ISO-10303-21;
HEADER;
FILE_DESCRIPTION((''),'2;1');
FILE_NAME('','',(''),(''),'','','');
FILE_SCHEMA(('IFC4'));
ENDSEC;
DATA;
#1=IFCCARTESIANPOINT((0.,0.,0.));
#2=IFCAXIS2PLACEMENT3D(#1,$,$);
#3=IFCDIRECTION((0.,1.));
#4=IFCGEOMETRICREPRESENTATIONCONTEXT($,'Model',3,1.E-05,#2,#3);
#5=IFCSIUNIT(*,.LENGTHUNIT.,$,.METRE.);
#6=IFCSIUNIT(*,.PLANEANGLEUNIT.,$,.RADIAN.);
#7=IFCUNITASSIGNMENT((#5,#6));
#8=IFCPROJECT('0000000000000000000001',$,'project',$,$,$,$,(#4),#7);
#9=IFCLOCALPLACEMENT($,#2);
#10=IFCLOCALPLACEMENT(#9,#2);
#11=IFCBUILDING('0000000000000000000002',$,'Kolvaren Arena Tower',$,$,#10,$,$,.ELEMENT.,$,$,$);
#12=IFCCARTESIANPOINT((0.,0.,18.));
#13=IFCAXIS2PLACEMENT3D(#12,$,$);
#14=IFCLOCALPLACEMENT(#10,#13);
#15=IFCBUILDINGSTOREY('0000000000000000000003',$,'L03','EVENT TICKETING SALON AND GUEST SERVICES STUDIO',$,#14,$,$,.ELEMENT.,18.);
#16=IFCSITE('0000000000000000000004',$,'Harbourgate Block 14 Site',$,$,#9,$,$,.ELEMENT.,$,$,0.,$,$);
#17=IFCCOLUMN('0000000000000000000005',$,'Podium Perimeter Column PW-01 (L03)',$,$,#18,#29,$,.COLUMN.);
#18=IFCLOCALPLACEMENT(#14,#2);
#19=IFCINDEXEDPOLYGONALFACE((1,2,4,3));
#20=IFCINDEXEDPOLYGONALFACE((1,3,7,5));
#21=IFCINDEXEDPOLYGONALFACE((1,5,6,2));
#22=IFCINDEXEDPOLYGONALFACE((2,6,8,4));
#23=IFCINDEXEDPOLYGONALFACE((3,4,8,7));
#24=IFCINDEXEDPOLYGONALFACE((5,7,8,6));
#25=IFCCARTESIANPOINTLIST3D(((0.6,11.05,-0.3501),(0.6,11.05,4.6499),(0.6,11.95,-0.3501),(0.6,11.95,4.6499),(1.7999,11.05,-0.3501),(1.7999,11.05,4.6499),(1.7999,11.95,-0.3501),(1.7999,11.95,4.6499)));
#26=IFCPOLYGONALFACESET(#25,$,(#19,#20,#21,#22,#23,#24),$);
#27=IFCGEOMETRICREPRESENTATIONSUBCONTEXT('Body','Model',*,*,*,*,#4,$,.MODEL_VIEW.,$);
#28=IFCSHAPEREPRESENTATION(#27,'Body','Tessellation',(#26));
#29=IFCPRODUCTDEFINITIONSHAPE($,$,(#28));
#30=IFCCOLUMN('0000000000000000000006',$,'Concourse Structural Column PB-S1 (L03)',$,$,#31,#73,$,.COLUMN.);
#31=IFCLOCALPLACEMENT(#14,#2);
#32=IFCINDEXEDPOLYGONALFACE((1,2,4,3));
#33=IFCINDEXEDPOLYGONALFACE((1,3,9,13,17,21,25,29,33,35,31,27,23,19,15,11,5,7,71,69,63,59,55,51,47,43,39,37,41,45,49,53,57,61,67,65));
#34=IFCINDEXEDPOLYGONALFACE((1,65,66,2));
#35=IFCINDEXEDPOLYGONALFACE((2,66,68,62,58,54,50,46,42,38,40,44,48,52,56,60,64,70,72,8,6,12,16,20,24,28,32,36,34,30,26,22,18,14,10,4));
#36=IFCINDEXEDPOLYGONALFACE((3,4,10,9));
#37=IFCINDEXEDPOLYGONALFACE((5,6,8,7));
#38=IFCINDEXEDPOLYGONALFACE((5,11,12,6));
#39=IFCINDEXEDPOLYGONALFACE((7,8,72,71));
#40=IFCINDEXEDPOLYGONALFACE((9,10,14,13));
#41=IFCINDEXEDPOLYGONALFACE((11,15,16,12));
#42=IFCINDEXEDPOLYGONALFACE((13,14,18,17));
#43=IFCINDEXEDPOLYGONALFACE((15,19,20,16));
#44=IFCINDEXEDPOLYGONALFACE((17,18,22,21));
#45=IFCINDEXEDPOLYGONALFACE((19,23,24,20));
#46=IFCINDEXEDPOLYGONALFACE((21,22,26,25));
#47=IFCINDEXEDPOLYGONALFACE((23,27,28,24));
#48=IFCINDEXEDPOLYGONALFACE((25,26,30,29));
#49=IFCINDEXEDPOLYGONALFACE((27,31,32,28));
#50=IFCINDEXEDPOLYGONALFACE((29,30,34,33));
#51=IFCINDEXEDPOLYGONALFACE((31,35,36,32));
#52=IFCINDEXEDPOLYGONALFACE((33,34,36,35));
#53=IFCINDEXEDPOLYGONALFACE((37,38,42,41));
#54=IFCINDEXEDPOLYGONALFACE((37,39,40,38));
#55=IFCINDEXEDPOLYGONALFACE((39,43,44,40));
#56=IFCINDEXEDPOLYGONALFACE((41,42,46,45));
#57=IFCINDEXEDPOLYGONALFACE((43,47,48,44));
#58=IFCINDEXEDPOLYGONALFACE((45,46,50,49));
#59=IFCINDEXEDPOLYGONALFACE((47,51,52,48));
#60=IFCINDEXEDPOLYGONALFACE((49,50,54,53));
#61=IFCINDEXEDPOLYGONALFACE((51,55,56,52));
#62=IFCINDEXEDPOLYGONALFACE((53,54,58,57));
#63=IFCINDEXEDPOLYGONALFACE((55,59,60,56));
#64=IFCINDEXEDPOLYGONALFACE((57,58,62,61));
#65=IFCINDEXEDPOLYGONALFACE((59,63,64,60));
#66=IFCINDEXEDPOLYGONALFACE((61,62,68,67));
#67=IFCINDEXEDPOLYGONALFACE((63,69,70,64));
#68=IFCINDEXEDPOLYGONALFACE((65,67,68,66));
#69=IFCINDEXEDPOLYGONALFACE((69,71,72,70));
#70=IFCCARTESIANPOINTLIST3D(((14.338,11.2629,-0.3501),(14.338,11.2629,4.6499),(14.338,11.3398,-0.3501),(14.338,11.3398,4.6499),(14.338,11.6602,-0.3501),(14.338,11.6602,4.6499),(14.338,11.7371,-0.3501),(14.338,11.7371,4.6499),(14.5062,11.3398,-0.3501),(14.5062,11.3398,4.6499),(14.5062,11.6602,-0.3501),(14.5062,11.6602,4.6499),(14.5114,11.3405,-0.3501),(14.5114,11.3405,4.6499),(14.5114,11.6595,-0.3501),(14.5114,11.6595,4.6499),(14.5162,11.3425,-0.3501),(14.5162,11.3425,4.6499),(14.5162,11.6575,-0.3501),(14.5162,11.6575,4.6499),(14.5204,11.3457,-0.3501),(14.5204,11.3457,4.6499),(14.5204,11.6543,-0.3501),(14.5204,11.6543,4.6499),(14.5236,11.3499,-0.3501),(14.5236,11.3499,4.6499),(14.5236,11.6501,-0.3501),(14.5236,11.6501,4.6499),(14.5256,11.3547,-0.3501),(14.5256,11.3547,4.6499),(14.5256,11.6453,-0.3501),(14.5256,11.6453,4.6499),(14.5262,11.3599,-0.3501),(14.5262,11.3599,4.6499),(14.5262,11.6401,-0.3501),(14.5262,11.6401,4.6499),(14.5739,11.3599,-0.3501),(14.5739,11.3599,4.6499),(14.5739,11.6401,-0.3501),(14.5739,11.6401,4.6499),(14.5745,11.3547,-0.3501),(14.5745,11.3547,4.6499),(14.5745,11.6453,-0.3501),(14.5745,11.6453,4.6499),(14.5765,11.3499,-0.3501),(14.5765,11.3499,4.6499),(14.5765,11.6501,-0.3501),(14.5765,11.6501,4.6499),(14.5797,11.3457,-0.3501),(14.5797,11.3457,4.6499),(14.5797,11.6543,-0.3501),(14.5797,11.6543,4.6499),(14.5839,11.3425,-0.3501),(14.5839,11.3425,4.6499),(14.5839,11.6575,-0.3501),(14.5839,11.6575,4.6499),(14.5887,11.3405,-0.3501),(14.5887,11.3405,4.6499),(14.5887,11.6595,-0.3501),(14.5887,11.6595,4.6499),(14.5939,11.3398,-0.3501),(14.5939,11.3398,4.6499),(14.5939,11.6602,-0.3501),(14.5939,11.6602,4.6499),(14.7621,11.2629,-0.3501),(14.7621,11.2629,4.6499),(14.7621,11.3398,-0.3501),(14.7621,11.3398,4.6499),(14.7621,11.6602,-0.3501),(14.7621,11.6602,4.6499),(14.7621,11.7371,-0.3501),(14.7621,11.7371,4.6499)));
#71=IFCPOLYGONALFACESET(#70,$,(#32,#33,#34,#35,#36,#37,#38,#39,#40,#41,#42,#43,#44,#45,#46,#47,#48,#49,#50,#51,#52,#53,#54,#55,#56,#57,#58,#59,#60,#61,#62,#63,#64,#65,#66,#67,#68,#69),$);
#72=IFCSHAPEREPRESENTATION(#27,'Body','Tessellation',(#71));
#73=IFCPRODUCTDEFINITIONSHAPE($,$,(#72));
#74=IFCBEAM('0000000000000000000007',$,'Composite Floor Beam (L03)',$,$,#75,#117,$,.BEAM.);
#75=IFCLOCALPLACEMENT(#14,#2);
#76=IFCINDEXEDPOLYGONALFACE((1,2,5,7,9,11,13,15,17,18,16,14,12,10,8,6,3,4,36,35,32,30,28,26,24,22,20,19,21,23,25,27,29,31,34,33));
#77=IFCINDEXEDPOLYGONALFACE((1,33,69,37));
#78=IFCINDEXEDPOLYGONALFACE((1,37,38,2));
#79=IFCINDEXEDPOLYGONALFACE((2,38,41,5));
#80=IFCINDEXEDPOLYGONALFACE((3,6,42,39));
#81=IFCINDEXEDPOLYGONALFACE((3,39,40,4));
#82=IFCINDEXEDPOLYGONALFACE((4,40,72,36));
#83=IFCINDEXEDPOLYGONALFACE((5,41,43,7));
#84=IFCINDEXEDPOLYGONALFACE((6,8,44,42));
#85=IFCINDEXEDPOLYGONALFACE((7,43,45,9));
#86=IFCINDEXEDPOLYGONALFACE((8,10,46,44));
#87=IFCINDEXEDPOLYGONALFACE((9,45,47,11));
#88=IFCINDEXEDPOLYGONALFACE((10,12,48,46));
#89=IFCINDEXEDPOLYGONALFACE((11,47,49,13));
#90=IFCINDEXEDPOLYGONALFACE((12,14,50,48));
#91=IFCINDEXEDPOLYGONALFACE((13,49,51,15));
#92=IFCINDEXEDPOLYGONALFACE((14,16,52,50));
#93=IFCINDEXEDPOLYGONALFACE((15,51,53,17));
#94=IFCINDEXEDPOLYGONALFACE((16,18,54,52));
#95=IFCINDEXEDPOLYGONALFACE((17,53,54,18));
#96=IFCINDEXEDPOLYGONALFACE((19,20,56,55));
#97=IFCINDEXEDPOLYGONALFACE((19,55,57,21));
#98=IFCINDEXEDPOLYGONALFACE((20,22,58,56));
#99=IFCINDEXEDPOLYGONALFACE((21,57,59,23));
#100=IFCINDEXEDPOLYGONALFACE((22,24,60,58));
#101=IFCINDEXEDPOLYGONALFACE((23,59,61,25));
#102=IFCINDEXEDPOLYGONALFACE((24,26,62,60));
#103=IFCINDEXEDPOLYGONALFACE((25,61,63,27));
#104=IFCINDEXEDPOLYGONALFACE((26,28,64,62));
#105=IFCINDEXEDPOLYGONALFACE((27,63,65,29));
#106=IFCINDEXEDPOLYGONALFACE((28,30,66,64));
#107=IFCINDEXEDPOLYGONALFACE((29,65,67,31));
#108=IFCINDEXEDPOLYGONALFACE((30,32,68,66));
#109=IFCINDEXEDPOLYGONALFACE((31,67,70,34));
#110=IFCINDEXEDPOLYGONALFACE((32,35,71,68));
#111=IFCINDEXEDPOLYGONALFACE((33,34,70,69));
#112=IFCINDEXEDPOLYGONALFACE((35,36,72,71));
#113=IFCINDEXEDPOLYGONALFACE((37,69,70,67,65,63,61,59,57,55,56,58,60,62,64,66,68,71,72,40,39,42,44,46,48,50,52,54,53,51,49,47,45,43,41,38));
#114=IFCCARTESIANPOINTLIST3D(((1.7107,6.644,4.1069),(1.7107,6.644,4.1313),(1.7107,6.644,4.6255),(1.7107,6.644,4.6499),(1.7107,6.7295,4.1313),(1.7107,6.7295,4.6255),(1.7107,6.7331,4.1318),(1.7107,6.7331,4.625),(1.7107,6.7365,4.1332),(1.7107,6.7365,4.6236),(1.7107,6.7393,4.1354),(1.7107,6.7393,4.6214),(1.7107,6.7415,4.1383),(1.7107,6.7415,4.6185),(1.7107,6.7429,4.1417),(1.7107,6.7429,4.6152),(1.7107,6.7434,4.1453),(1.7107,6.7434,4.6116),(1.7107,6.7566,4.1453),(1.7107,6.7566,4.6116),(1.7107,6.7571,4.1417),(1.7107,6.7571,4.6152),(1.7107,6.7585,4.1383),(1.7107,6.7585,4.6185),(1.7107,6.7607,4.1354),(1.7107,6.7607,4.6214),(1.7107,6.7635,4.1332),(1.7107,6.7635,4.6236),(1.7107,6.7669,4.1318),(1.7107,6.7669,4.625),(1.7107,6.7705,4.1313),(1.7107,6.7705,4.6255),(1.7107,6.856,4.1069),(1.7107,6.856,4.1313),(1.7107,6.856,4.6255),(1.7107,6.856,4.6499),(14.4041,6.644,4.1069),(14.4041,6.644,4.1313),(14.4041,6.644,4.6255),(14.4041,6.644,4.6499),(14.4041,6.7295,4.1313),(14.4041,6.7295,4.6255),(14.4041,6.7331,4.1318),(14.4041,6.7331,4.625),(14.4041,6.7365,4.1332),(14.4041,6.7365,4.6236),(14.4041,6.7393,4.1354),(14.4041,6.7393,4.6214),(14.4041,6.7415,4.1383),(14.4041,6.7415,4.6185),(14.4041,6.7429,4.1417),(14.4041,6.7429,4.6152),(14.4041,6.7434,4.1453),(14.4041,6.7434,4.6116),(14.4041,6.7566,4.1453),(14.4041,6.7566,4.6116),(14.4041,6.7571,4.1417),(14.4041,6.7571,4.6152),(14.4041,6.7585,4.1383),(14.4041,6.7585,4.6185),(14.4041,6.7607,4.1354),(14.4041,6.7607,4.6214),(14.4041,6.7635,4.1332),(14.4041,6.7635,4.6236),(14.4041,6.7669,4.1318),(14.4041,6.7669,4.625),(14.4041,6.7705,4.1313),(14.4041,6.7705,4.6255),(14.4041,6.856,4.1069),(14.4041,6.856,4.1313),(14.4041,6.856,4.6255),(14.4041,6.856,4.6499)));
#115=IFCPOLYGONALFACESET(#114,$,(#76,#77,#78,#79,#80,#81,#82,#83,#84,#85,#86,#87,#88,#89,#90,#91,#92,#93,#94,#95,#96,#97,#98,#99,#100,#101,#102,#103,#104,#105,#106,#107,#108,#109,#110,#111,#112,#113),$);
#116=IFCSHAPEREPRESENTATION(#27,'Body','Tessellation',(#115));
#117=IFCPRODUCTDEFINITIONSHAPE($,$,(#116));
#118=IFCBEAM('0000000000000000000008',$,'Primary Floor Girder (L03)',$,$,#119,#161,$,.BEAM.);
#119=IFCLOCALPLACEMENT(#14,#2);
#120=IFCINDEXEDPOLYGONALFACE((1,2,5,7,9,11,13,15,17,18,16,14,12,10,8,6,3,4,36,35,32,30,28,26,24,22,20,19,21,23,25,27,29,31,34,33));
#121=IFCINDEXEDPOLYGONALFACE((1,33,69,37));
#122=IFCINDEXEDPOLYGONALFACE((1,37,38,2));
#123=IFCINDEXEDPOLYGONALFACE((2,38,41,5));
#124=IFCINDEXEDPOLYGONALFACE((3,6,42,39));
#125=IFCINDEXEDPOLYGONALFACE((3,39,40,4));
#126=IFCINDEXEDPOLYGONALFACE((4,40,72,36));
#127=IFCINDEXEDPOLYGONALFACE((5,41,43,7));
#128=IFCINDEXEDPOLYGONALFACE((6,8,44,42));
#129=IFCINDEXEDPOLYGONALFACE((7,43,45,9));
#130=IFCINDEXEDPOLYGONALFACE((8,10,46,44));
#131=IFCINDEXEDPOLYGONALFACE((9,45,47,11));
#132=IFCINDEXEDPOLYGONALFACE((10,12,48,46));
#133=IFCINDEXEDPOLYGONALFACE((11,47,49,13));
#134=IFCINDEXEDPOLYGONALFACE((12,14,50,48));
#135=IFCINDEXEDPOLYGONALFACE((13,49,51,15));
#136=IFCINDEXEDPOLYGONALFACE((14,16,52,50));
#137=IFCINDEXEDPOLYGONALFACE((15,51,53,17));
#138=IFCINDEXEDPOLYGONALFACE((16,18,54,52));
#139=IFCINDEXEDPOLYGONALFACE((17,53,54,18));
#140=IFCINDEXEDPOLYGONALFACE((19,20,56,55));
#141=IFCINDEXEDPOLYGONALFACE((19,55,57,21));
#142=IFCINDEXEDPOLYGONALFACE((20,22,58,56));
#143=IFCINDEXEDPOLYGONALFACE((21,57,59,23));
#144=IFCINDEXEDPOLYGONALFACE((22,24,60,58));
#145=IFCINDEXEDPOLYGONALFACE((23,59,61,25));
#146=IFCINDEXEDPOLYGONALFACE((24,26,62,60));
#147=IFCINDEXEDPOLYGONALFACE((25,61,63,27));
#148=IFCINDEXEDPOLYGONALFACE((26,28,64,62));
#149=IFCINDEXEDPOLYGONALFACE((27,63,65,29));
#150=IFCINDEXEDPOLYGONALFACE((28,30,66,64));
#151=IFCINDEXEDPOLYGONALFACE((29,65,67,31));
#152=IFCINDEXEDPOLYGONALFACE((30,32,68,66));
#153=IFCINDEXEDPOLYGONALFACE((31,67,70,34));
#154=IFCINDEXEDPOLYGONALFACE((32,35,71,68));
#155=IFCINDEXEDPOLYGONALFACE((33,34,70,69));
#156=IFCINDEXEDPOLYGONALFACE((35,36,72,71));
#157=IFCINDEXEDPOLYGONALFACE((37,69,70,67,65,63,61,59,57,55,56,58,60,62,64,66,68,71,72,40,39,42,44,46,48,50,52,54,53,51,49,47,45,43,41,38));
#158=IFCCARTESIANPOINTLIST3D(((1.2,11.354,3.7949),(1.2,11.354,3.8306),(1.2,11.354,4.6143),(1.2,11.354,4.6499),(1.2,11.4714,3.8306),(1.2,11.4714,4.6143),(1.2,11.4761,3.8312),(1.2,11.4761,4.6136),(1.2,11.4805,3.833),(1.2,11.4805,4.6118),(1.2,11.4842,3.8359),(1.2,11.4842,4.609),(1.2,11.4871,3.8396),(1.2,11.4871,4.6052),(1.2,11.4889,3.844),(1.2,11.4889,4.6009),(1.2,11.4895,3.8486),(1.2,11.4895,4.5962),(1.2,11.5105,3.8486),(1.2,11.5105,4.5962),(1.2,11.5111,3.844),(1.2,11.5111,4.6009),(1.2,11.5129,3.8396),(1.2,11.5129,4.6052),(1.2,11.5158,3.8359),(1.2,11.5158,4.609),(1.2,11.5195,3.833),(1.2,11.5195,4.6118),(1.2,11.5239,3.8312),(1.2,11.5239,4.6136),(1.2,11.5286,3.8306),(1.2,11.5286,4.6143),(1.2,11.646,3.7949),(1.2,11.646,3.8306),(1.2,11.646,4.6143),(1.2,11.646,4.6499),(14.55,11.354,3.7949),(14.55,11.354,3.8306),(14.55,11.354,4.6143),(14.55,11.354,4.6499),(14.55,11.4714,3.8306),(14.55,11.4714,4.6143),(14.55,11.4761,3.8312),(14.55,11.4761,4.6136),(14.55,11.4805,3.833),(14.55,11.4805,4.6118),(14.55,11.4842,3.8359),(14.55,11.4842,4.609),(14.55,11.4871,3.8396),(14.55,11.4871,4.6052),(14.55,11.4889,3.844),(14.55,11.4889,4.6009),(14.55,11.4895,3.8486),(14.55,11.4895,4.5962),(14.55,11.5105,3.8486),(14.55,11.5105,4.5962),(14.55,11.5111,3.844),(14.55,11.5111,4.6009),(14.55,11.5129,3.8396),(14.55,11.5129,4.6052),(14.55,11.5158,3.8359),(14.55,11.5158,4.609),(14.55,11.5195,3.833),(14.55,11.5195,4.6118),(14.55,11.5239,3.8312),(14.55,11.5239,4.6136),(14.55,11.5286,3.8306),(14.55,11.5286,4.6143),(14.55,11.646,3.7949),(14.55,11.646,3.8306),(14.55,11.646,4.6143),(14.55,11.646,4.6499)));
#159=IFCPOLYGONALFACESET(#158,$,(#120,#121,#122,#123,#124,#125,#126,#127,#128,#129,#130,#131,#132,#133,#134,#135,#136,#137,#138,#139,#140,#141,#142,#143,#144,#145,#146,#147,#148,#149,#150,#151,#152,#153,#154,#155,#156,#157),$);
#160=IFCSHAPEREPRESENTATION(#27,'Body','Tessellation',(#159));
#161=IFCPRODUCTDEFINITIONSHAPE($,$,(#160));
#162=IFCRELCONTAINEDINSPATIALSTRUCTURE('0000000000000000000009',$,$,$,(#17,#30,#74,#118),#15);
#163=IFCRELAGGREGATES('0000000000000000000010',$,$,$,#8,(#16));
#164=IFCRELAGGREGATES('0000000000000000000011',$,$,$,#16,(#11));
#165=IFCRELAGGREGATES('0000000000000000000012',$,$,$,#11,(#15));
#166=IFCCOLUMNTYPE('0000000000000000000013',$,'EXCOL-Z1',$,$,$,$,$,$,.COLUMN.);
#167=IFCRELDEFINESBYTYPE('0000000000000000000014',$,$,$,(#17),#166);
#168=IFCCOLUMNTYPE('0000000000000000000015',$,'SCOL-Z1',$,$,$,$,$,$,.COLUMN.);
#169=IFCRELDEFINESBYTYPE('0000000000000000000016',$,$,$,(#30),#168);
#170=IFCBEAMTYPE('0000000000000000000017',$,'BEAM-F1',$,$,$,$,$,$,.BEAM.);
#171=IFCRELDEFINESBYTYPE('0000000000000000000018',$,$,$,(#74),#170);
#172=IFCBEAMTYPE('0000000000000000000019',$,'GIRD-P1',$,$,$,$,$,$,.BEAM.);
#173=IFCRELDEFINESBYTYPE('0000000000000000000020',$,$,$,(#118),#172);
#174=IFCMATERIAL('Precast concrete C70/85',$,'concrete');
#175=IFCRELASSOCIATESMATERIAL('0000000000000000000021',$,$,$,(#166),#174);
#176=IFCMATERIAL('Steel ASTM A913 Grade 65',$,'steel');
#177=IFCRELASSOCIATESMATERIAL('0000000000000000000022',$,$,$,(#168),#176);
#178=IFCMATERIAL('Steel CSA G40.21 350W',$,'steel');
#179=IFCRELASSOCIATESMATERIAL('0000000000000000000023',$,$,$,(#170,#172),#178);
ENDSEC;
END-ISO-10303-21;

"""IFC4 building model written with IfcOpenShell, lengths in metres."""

from ifc_helpers import new_model, si_unit, direction, frame, origin, origin_2d, place, context, subcontext, project, spatial, rectangle, i_section, extrude, material, material_profile, profile_set, type_object, element, save


model = new_model("IFC4")

# Units and contexts
model_context = context("Model", 3, precision=1e-05, world=origin(), true_north=direction((0.0, 1.0)))
body_context = subcontext(model_context, "Body", "Model", "MODEL_VIEW")
ifc_project = project(units=[si_unit("LENGTHUNIT", "METRE"), si_unit("PLANEANGLEUNIT", "RADIAN")], contexts=[model_context])

# Site, building, storey
site_placement = place(None, origin())
site = spatial("IfcSite", under=ifc_project, at=site_placement, Name="Harbourgate Block 14 Site", CompositionType="ELEMENT", RefElevation=0.0)
building_placement = place(site_placement, origin())
building = spatial("IfcBuilding", under=site, at=building_placement, Name="Kolvaren Arena Tower", CompositionType="ELEMENT")
storey_placement = place(building_placement, frame((0.0, 0.0, 18.0)))
storey = spatial("IfcBuildingStorey", under=building, at=storey_placement, Name="L03", Description="EVENT TICKETING SALON AND GUEST SERVICES STUDIO", CompositionType="ELEMENT", Elevation=18.0)

# Columns
ifc_material_1 = material(Name="Precast concrete C70/85", Category="concrete")
ifc_material_profile_1 = material_profile(ifc_material_1, rectangle(XDim=1.2, YDim=0.8999, at=origin_2d()), Name="RC-1200x900")
ifc_profile_set_1 = profile_set([ifc_material_profile_1], Name="Precast concrete C70/85")
column_type_1 = type_object("IfcColumnType", Name="EXCOL-Z1", PredefinedType="COLUMN", material=ifc_profile_set_1)
column_1_placement = place(storey_placement, frame((1.2, 11.5, -0.3501), z_axis=(0.0, 0.0, 1.0), x_axis=(1.0, 0.0, 0.0)))
element("IfcColumn", 1, at=column_1_placement, inside=storey, type_object=column_type_1, Name="Podium Perimeter Column PW-01 (L03)", PredefinedType="COLUMN", context=body_context, shape_type="SweptSolid", body=[
    extrude(rectangle(XDim=1.2, YDim=0.8999, at=origin_2d()), origin(), (0.0, 0.0, 1.0), 5.0),
])
ifc_material_2 = material(Name="Steel ASTM A913 Grade 65", Category="steel")
ifc_material_profile_2 = material_profile(ifc_material_2, i_section(OverallWidth=0.4241, OverallDepth=0.4741, WebThickness=0.0476, FlangeThickness=0.0769, FilletRadius=0.02, at=origin_2d()), Name="W360x634")
ifc_profile_set_2 = profile_set([ifc_material_profile_2], Name="Steel ASTM A913 Grade 65")
column_type_2 = type_object("IfcColumnType", Name="SCOL-Z1", PredefinedType="COLUMN", material=ifc_profile_set_2)
column_2_placement = place(storey_placement, frame((14.55, 11.5, -0.3501), z_axis=(0.0, 0.0, 1.0), x_axis=(1.0, 0.0, 0.0)))
element("IfcColumn", 2, at=column_2_placement, inside=storey, type_object=column_type_2, Name="Concourse Structural Column PB-S1 (L03)", PredefinedType="COLUMN", context=body_context, shape_type="SweptSolid", body=[
    extrude(i_section(OverallWidth=0.4241, OverallDepth=0.4741, WebThickness=0.0476, FlangeThickness=0.0769, FilletRadius=0.02, at=origin_2d()), origin(), (0.0, 0.0, 1.0), 5.0),
])

# Beams
ifc_material_3 = material(Name="Steel CSA G40.21 350W", Category="steel")
ifc_material_profile_3 = material_profile(ifc_material_3, i_section(OverallWidth=0.2119, OverallDepth=0.543, WebThickness=0.0132, FlangeThickness=0.0244, FilletRadius=0.0139, at=origin_2d()), Name="W530x150")
ifc_profile_set_3 = profile_set([ifc_material_profile_3], Name="Steel CSA G40.21 350W")
beam_type_1 = type_object("IfcBeamType", Name="BEAM-F1", PredefinedType="BEAM", material=ifc_profile_set_3)
beam_1_placement = place(storey_placement, frame((1.7107, 6.75, 4.3784), z_axis=(1.0, 0.0, 0.0), x_axis=(0.0, 1.0, 0.0)))
element("IfcBeam", 3, at=beam_1_placement, inside=storey, type_object=beam_type_1, Name="Composite Floor Beam (L03)", PredefinedType="BEAM", context=body_context, shape_type="SweptSolid", body=[
    extrude(i_section(OverallWidth=0.2119, OverallDepth=0.543, WebThickness=0.0132, FlangeThickness=0.0244, FilletRadius=0.0139, at=origin_2d()), origin(), (0.0, 0.0, 1.0), 12.6934),
])
ifc_material_profile_4 = material_profile(ifc_material_3, i_section(OverallWidth=0.292, OverallDepth=0.855, WebThickness=0.021, FlangeThickness=0.0356, FilletRadius=0.0181, at=origin_2d()), Name="W840x299")
ifc_profile_set_4 = profile_set([ifc_material_profile_4], Name="Steel CSA G40.21 350W")
beam_type_2 = type_object("IfcBeamType", Name="GIRD-P1", PredefinedType="BEAM", material=ifc_profile_set_4)
beam_2_placement = place(storey_placement, frame((1.2, 11.5, 4.2224), z_axis=(1.0, 0.0, 0.0), x_axis=(0.0, 1.0, 0.0)))
element("IfcBeam", 4, at=beam_2_placement, inside=storey, type_object=beam_type_2, Name="Primary Floor Girder (L03)", PredefinedType="BEAM", context=body_context, shape_type="SweptSolid", body=[
    extrude(i_section(OverallWidth=0.292, OverallDepth=0.855, WebThickness=0.021, FlangeThickness=0.0356, FilletRadius=0.0181, at=origin_2d()), origin(), (0.0, 0.0, 1.0), 13.3501),
])

save(model, "model.ifc")
